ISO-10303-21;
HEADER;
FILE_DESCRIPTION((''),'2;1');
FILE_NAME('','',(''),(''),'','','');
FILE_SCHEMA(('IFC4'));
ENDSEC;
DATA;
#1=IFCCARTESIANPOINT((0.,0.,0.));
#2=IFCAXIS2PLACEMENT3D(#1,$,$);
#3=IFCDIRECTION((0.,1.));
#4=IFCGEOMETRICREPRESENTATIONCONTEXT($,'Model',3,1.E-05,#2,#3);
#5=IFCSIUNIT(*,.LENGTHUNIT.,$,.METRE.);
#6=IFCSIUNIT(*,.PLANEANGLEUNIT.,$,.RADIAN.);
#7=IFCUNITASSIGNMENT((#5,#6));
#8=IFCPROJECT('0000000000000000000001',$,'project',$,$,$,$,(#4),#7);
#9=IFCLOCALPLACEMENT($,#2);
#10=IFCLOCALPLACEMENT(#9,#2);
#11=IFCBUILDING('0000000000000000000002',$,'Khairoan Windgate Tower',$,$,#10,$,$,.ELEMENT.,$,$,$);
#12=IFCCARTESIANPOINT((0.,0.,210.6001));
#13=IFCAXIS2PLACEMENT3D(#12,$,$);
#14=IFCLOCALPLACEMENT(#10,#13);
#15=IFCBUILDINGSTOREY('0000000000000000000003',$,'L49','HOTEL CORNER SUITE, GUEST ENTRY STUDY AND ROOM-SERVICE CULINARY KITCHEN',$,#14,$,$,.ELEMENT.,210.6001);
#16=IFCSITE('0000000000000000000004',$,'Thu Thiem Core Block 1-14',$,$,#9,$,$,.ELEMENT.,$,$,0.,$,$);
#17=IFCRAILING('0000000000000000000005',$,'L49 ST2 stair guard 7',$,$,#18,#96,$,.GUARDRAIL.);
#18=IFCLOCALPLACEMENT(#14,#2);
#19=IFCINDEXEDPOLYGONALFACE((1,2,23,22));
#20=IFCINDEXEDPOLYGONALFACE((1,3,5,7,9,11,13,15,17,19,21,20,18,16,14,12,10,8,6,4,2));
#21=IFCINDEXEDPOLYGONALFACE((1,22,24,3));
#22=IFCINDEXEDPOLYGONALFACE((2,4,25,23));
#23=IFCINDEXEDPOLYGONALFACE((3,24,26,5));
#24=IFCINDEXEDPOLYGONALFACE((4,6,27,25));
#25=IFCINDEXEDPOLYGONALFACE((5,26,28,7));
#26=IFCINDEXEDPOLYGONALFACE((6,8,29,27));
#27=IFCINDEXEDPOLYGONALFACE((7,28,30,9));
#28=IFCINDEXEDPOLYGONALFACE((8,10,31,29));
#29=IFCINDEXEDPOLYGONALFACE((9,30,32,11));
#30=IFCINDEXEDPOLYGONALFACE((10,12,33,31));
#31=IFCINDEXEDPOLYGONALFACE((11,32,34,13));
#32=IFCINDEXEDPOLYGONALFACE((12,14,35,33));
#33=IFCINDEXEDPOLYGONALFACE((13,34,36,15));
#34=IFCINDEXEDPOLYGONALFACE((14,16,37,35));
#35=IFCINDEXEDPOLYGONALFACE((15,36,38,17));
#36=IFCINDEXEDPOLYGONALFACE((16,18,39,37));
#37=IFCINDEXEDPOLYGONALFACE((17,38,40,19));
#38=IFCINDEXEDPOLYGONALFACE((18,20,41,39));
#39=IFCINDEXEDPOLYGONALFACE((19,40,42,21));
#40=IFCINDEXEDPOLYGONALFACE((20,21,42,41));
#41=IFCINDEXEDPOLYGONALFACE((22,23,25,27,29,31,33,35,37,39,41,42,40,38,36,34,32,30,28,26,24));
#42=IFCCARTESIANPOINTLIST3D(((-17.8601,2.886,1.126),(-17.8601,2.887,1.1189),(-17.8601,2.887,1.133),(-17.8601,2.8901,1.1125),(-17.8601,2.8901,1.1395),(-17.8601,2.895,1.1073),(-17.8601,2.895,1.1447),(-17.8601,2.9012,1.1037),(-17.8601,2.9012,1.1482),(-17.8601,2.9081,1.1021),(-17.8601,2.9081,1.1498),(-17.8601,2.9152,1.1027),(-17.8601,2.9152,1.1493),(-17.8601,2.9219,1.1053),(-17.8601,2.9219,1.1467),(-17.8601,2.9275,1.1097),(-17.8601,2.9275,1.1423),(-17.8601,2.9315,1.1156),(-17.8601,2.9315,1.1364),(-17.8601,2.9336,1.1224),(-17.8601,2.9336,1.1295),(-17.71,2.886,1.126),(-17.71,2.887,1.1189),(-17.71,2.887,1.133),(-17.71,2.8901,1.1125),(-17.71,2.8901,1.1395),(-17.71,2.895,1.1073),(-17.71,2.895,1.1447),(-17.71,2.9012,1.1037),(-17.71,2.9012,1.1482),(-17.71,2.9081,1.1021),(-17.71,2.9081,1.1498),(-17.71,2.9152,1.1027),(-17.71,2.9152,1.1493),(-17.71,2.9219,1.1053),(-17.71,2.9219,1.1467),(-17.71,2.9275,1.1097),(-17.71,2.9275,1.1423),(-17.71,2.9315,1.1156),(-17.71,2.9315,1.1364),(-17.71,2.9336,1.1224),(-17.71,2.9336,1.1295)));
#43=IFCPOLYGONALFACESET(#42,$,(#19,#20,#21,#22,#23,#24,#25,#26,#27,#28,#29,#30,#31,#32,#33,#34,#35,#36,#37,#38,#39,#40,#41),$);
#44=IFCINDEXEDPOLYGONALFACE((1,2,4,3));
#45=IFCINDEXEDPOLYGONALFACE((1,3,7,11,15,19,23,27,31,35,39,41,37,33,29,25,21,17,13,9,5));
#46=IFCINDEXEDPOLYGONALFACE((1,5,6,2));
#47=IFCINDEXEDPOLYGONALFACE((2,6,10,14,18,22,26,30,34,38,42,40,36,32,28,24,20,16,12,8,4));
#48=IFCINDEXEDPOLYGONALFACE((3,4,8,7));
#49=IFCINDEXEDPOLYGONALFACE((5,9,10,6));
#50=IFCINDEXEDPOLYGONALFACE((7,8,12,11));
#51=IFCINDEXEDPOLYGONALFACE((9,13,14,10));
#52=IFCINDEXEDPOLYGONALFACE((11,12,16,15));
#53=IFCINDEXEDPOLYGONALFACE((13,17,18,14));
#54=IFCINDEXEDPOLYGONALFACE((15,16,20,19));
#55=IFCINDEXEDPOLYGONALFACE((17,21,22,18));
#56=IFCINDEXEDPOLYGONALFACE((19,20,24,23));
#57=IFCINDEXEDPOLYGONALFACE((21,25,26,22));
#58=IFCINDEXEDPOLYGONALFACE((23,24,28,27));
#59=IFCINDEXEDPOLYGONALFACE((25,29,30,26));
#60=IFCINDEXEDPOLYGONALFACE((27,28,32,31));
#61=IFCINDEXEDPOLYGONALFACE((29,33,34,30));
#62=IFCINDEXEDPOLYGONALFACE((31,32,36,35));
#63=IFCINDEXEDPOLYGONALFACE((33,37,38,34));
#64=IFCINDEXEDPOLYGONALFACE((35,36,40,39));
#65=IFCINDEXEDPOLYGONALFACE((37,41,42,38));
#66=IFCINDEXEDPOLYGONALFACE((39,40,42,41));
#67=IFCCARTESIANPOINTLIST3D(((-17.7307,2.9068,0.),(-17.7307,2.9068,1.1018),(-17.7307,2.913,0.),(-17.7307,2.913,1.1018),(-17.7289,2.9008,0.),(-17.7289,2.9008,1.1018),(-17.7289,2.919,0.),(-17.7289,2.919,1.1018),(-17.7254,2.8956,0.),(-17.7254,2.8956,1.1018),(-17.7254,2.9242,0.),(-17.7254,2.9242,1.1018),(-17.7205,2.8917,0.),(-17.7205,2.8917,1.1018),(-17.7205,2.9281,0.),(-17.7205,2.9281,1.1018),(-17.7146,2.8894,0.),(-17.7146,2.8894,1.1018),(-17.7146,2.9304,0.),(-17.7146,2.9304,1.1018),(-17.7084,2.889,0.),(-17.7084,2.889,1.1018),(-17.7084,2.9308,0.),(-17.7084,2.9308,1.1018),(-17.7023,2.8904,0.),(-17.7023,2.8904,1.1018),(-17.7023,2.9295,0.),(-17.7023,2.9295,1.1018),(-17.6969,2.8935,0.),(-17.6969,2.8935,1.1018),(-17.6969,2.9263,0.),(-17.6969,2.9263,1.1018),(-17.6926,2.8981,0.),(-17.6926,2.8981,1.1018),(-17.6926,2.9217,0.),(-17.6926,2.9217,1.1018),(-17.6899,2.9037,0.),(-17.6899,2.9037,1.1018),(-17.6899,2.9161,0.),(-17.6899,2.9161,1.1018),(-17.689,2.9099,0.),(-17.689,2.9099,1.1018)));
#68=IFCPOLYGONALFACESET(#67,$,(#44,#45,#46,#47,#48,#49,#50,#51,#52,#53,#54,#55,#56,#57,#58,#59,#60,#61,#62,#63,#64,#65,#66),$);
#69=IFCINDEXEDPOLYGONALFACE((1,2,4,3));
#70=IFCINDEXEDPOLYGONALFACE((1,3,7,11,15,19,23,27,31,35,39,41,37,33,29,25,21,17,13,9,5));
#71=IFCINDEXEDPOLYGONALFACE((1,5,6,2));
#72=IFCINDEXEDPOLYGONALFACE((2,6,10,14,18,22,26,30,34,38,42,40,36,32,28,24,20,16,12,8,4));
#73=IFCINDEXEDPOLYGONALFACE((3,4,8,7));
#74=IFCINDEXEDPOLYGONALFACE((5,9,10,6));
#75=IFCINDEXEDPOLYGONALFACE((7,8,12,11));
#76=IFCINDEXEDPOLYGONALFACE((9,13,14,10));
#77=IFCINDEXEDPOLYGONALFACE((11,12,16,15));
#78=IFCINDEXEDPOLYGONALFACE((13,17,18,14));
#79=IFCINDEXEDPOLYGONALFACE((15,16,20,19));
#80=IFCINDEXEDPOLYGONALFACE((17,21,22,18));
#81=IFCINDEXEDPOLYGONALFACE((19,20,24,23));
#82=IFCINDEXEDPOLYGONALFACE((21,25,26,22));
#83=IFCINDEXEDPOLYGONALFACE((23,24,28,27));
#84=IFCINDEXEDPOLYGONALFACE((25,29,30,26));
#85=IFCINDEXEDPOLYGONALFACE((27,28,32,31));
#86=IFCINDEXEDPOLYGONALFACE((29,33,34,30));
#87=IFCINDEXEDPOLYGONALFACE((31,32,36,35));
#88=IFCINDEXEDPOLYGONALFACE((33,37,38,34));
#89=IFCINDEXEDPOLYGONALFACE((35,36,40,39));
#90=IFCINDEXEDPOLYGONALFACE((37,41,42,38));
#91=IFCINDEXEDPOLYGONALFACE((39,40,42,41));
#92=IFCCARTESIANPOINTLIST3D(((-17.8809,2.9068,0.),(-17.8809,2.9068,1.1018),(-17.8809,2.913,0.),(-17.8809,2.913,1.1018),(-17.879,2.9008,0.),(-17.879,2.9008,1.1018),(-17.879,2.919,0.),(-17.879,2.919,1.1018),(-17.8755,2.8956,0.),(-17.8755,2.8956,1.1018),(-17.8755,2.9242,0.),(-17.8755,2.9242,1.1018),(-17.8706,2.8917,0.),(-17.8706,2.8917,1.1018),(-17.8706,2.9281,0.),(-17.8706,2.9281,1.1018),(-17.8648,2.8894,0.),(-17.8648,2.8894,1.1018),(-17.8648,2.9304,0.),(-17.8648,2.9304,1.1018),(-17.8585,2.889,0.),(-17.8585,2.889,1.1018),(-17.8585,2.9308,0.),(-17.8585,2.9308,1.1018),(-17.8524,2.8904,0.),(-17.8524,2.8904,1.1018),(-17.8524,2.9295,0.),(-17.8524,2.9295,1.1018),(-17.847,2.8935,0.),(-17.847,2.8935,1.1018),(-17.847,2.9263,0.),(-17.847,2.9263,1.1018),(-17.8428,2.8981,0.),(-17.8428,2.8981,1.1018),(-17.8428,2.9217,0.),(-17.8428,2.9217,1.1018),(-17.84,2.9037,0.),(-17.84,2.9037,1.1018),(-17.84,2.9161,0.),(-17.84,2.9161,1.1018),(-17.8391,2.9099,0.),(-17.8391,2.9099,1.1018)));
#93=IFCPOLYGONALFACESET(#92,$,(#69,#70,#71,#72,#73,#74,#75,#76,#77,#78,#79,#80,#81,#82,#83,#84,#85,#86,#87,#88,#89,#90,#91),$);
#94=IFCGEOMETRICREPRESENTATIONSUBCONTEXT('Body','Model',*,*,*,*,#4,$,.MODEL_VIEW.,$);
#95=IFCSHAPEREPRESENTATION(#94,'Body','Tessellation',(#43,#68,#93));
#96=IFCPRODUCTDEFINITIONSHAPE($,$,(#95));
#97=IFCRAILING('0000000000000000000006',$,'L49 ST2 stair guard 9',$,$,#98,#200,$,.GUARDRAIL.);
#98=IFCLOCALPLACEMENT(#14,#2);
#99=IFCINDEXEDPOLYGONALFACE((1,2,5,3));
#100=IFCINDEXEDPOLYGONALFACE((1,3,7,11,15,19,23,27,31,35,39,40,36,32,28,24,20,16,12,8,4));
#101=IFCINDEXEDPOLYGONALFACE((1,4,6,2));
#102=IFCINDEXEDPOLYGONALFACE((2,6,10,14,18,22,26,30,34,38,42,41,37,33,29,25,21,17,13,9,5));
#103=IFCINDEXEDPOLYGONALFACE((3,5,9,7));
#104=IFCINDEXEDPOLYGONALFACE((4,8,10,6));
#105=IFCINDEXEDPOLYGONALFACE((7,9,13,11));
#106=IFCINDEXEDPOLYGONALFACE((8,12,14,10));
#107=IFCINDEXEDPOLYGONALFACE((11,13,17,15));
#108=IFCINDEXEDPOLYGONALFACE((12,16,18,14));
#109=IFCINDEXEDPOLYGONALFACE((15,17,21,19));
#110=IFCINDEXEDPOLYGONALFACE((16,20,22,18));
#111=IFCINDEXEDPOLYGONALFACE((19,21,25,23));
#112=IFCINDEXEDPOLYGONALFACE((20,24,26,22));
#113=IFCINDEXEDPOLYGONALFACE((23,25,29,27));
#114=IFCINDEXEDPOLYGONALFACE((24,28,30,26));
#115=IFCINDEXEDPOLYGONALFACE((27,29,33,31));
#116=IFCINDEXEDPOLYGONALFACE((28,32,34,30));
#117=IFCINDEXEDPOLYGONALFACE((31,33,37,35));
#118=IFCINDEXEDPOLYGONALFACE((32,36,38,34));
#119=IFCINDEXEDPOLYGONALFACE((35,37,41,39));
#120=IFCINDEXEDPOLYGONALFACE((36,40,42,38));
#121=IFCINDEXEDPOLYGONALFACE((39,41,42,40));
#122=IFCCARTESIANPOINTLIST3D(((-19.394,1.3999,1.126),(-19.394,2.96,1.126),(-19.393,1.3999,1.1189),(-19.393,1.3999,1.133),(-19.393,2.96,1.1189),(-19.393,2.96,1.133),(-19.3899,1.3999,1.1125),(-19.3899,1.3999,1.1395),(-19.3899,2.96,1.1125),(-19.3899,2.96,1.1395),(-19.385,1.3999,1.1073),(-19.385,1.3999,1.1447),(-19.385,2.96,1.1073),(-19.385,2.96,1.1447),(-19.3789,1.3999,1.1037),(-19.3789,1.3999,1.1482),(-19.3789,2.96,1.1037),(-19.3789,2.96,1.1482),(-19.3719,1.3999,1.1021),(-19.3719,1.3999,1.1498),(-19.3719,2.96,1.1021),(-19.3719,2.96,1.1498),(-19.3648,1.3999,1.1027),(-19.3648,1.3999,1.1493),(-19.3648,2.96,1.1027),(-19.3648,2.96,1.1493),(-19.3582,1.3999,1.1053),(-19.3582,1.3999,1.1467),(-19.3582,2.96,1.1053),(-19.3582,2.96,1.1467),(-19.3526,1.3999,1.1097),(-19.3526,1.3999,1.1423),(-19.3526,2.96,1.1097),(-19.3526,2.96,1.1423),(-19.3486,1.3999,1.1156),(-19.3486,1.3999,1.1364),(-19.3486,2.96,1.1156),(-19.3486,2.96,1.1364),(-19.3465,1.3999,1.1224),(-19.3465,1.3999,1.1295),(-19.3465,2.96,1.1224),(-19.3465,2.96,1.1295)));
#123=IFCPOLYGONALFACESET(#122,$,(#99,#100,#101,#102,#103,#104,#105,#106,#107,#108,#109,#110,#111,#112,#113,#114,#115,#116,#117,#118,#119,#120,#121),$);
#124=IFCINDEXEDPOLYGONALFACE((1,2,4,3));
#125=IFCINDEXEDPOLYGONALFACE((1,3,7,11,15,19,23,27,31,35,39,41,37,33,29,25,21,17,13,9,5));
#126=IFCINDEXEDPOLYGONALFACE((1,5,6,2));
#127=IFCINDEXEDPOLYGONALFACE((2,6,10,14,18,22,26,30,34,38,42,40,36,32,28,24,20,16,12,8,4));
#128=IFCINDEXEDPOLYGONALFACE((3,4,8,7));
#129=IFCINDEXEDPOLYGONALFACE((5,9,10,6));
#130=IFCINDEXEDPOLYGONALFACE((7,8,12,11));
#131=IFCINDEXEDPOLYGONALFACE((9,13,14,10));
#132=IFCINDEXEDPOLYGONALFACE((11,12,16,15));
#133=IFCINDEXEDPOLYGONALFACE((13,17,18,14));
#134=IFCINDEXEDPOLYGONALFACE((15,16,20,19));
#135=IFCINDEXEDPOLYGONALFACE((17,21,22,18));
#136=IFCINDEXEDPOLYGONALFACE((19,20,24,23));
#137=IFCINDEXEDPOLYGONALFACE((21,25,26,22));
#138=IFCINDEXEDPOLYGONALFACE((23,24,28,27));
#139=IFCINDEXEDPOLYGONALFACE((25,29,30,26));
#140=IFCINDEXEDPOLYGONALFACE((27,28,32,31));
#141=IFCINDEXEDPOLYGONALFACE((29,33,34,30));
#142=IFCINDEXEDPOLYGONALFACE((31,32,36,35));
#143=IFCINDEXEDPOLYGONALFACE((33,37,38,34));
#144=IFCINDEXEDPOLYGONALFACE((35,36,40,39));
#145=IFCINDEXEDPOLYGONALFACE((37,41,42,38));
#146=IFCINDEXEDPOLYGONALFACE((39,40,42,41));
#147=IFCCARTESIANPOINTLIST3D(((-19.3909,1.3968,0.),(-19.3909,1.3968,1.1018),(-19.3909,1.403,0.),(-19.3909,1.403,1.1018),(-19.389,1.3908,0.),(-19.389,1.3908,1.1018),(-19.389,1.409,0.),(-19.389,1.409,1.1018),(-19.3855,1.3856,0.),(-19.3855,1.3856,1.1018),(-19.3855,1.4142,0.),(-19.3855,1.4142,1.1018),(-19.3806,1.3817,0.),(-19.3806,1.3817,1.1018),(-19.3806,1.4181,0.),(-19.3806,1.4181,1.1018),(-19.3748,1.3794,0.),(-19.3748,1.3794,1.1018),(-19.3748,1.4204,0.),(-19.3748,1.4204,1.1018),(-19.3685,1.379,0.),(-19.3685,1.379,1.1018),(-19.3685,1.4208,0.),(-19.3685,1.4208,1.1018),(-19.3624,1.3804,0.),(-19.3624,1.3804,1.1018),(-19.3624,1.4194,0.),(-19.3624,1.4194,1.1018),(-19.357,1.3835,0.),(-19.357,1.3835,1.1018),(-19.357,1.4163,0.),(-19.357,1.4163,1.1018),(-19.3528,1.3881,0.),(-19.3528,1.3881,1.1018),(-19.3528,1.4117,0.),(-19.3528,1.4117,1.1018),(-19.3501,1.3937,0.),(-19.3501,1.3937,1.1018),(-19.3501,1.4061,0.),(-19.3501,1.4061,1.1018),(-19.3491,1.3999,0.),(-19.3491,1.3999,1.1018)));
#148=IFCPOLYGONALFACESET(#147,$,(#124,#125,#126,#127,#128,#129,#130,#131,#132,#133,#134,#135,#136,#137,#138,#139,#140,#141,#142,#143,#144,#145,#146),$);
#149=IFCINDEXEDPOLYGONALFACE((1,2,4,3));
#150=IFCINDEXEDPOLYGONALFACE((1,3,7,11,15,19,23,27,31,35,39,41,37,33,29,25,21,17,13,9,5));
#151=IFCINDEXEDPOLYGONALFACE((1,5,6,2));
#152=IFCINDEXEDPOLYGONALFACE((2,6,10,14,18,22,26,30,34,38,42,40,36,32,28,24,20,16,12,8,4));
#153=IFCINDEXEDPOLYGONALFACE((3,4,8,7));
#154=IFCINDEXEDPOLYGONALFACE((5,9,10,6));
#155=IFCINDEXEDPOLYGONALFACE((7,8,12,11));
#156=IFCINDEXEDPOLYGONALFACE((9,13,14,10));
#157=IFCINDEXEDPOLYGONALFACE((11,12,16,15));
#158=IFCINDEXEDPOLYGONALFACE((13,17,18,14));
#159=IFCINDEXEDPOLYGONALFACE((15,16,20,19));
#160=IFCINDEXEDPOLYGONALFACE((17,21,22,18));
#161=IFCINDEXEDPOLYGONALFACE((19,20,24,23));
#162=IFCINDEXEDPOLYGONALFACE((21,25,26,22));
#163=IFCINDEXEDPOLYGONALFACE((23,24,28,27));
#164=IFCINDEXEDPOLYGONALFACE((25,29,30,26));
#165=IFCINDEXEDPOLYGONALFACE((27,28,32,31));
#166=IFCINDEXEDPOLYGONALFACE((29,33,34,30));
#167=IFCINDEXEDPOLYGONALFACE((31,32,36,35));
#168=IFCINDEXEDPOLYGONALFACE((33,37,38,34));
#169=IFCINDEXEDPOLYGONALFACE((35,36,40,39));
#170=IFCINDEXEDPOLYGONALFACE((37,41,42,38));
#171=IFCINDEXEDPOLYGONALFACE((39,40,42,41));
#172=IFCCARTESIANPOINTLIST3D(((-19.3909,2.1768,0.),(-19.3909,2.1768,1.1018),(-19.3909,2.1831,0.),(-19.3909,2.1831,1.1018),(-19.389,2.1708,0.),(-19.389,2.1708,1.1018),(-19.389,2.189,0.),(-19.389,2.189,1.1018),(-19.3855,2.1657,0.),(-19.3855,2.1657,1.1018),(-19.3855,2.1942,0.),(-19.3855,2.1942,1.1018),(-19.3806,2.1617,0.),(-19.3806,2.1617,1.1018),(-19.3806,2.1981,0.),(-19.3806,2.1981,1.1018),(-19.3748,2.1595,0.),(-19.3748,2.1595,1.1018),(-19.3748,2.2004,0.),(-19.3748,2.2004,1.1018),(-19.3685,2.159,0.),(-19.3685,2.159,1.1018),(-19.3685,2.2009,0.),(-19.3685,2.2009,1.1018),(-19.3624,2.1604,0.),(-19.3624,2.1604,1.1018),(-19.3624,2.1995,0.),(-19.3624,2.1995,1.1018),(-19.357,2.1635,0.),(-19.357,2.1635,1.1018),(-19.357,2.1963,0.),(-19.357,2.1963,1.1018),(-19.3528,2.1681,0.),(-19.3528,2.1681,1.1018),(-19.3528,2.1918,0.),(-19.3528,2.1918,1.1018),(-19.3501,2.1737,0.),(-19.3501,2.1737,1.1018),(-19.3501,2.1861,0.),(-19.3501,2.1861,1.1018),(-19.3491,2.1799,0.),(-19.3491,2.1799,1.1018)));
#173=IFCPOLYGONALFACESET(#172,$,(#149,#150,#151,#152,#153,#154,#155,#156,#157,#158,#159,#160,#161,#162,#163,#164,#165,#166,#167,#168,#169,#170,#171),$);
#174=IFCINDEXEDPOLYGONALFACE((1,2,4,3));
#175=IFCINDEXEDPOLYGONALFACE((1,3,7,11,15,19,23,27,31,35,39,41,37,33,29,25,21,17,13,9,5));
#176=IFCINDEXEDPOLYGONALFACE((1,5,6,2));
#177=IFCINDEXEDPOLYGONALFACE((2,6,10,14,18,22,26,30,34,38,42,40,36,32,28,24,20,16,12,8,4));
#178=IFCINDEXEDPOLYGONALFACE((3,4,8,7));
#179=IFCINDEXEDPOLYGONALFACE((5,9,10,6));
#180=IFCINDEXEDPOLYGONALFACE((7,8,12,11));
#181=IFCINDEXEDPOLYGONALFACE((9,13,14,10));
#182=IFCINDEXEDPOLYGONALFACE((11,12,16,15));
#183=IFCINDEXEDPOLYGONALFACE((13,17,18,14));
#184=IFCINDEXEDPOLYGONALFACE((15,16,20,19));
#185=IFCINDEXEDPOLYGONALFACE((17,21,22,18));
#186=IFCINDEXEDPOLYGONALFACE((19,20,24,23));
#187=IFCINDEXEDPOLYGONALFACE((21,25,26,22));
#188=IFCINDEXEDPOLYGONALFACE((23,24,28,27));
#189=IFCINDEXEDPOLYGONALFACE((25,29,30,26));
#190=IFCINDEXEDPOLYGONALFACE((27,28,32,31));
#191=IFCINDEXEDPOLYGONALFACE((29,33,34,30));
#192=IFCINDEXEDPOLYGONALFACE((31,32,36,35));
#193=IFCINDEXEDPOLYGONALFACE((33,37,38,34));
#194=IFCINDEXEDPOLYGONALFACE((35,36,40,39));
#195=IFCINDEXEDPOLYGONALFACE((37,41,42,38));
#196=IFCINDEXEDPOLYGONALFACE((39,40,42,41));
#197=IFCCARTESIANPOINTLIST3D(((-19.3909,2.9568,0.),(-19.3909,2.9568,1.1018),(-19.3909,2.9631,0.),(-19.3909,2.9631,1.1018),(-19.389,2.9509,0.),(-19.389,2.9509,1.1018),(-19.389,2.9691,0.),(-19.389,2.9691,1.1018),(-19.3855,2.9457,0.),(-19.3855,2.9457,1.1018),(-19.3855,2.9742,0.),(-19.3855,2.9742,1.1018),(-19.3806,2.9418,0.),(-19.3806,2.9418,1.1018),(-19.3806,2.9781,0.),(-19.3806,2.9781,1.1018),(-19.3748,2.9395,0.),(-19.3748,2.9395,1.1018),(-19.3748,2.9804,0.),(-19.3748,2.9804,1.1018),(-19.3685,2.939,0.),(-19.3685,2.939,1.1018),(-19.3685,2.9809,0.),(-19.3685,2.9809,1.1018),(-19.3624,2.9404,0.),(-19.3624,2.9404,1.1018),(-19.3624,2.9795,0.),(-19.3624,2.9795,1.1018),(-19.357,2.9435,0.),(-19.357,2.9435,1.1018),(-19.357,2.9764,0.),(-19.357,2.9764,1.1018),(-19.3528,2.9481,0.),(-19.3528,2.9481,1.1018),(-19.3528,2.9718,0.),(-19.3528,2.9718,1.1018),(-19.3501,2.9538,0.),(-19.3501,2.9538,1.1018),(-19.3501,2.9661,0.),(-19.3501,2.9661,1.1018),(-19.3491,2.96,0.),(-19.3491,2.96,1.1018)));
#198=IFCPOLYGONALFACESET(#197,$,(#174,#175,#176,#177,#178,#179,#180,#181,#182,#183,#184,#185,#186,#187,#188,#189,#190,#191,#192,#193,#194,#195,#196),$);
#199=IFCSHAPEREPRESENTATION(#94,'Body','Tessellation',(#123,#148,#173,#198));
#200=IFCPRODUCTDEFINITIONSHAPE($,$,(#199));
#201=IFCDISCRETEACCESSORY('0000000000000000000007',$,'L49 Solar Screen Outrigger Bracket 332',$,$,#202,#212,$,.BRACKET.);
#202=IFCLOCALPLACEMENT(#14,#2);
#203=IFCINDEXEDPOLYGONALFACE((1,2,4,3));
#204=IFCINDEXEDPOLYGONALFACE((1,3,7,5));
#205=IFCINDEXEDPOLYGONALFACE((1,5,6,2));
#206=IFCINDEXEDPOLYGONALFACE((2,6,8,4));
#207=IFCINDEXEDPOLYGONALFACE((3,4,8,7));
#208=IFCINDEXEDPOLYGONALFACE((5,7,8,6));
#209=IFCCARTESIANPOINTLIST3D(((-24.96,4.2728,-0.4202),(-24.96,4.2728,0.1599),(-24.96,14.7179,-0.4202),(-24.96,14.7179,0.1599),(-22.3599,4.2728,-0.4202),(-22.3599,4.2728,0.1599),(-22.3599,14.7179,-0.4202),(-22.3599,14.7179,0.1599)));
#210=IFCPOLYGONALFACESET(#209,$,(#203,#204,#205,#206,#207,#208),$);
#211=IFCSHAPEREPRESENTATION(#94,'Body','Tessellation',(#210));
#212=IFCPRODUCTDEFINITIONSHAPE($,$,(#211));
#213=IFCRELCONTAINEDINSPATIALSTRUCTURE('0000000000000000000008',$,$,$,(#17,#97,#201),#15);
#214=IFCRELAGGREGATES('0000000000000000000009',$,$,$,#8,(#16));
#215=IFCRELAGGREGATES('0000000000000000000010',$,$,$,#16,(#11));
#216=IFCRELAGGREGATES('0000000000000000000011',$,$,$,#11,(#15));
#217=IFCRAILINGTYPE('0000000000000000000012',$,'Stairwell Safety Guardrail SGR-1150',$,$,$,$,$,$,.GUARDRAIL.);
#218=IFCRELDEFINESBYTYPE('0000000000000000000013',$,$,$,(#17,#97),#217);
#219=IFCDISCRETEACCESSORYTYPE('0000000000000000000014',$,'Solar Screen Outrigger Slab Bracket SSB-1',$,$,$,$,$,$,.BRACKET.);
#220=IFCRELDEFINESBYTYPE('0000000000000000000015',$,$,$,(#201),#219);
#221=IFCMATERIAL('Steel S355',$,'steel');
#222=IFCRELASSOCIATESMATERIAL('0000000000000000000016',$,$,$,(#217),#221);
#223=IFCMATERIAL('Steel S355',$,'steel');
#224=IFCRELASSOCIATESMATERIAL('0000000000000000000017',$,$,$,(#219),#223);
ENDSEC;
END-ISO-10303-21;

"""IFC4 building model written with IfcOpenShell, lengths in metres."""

from ifc_helpers import new_model, si_unit, direction, frame, origin, origin_2d, place, context, subcontext, project, spatial, rectangle, circle, extrude, material, type_object, element, save


model = new_model("IFC4")

# Units and contexts
model_context = context("Model", 3, precision=1e-05, world=origin(), true_north=direction((0.0, 1.0)))
body_context = subcontext(model_context, "Body", "Model", "MODEL_VIEW")
ifc_project = project(units=[si_unit("LENGTHUNIT", "METRE"), si_unit("PLANEANGLEUNIT", "RADIAN")], contexts=[model_context])

# Site, building, storey
site_placement = place(None, origin())
site = spatial("IfcSite", under=ifc_project, at=site_placement, Name="Thu Thiem Core Block 1-14", CompositionType="ELEMENT", RefElevation=0.0)
building_placement = place(site_placement, origin())
building = spatial("IfcBuilding", under=site, at=building_placement, Name="Khairoan Windgate Tower", CompositionType="ELEMENT")
storey_placement = place(building_placement, frame((0.0, 0.0, 210.6001)))
storey = spatial("IfcBuildingStorey", under=building, at=storey_placement, Name="L49", Description="HOTEL CORNER SUITE, GUEST ENTRY STUDY AND ROOM-SERVICE CULINARY KITCHEN", CompositionType="ELEMENT", Elevation=210.6001)

# Railings
ifc_material_1 = material(Name="Steel S355", Category="steel")
railing_type_1 = type_object("IfcRailingType", Name="Stairwell Safety Guardrail SGR-1150", PredefinedType="GUARDRAIL", material=ifc_material_1)
railing_1_placement = place(storey_placement, frame((-17.71, 2.9099, 0.0)))
element("IfcRailing", 1, at=railing_1_placement, inside=storey, type_object=railing_type_1, Name="L49 ST2 stair guard 7", PredefinedType="GUARDRAIL", context=body_context, shape_type="SweptSolid", body=[
    extrude(circle(Radius=0.0239, at=origin_2d()), frame((0.0, 0.0, 1.126), z_axis=(-1.0, 0.0, 0.0), x_axis=(0.0, -1.0, 0.0)), (0.0, 0.0, 1.0), 0.1501),
    extrude(circle(Radius=0.021, at=origin_2d()), origin(), (0.0, 0.0, 1.0), 1.1018),
    extrude(circle(Radius=0.021, at=origin_2d()), frame((-0.1501, 0.0, 0.0)), (0.0, 0.0, 1.0), 1.1018),
])
railing_2_placement = place(storey_placement, frame((-19.3701, 1.3999, 0.0)))
element("IfcRailing", 2, at=railing_2_placement, inside=storey, type_object=railing_type_1, Name="L49 ST2 stair guard 9", PredefinedType="GUARDRAIL", context=body_context, shape_type="SweptSolid", body=[
    extrude(circle(Radius=0.0239, at=origin_2d()), frame((0.0, 0.0, 1.126), z_axis=(0.0, 1.0, 0.0), x_axis=(-1.0, 0.0, 0.0)), (0.0, 0.0, 1.0), 1.5601),
    extrude(circle(Radius=0.021, at=origin_2d()), origin(), (0.0, 0.0, 1.0), 1.1018),
    extrude(circle(Radius=0.021, at=origin_2d()), frame((0.0, 0.78, 0.0)), (0.0, 0.0, 1.0), 1.1018),
    extrude(circle(Radius=0.021, at=origin_2d()), frame((0.0, 1.5601, 0.0)), (0.0, 0.0, 1.0), 1.1018),
])

# Discrete accessory
ifc_material_2 = material(Name="Steel S355", Category="steel")
discrete_accessory_type = type_object("IfcDiscreteAccessoryType", Name="Solar Screen Outrigger Slab Bracket SSB-1", PredefinedType="BRACKET", material=ifc_material_2)
discrete_accessory_placement = place(storey_placement, frame((-23.6599, 9.4954, -0.4202), z_axis=(0.0, 0.0, 1.0), x_axis=(0.0, 1.0, 0.0)))
element("IfcDiscreteAccessory", 3, at=discrete_accessory_placement, inside=storey, type_object=discrete_accessory_type, Name="L49 Solar Screen Outrigger Bracket 332", PredefinedType="BRACKET", context=body_context, shape_type="SweptSolid", body=[
    extrude(rectangle(XDim=10.4451, YDim=2.6001, at=origin_2d()), origin(), (0.0, 0.0, 1.0), 0.5801),
])

save(model, "model.ifc")
